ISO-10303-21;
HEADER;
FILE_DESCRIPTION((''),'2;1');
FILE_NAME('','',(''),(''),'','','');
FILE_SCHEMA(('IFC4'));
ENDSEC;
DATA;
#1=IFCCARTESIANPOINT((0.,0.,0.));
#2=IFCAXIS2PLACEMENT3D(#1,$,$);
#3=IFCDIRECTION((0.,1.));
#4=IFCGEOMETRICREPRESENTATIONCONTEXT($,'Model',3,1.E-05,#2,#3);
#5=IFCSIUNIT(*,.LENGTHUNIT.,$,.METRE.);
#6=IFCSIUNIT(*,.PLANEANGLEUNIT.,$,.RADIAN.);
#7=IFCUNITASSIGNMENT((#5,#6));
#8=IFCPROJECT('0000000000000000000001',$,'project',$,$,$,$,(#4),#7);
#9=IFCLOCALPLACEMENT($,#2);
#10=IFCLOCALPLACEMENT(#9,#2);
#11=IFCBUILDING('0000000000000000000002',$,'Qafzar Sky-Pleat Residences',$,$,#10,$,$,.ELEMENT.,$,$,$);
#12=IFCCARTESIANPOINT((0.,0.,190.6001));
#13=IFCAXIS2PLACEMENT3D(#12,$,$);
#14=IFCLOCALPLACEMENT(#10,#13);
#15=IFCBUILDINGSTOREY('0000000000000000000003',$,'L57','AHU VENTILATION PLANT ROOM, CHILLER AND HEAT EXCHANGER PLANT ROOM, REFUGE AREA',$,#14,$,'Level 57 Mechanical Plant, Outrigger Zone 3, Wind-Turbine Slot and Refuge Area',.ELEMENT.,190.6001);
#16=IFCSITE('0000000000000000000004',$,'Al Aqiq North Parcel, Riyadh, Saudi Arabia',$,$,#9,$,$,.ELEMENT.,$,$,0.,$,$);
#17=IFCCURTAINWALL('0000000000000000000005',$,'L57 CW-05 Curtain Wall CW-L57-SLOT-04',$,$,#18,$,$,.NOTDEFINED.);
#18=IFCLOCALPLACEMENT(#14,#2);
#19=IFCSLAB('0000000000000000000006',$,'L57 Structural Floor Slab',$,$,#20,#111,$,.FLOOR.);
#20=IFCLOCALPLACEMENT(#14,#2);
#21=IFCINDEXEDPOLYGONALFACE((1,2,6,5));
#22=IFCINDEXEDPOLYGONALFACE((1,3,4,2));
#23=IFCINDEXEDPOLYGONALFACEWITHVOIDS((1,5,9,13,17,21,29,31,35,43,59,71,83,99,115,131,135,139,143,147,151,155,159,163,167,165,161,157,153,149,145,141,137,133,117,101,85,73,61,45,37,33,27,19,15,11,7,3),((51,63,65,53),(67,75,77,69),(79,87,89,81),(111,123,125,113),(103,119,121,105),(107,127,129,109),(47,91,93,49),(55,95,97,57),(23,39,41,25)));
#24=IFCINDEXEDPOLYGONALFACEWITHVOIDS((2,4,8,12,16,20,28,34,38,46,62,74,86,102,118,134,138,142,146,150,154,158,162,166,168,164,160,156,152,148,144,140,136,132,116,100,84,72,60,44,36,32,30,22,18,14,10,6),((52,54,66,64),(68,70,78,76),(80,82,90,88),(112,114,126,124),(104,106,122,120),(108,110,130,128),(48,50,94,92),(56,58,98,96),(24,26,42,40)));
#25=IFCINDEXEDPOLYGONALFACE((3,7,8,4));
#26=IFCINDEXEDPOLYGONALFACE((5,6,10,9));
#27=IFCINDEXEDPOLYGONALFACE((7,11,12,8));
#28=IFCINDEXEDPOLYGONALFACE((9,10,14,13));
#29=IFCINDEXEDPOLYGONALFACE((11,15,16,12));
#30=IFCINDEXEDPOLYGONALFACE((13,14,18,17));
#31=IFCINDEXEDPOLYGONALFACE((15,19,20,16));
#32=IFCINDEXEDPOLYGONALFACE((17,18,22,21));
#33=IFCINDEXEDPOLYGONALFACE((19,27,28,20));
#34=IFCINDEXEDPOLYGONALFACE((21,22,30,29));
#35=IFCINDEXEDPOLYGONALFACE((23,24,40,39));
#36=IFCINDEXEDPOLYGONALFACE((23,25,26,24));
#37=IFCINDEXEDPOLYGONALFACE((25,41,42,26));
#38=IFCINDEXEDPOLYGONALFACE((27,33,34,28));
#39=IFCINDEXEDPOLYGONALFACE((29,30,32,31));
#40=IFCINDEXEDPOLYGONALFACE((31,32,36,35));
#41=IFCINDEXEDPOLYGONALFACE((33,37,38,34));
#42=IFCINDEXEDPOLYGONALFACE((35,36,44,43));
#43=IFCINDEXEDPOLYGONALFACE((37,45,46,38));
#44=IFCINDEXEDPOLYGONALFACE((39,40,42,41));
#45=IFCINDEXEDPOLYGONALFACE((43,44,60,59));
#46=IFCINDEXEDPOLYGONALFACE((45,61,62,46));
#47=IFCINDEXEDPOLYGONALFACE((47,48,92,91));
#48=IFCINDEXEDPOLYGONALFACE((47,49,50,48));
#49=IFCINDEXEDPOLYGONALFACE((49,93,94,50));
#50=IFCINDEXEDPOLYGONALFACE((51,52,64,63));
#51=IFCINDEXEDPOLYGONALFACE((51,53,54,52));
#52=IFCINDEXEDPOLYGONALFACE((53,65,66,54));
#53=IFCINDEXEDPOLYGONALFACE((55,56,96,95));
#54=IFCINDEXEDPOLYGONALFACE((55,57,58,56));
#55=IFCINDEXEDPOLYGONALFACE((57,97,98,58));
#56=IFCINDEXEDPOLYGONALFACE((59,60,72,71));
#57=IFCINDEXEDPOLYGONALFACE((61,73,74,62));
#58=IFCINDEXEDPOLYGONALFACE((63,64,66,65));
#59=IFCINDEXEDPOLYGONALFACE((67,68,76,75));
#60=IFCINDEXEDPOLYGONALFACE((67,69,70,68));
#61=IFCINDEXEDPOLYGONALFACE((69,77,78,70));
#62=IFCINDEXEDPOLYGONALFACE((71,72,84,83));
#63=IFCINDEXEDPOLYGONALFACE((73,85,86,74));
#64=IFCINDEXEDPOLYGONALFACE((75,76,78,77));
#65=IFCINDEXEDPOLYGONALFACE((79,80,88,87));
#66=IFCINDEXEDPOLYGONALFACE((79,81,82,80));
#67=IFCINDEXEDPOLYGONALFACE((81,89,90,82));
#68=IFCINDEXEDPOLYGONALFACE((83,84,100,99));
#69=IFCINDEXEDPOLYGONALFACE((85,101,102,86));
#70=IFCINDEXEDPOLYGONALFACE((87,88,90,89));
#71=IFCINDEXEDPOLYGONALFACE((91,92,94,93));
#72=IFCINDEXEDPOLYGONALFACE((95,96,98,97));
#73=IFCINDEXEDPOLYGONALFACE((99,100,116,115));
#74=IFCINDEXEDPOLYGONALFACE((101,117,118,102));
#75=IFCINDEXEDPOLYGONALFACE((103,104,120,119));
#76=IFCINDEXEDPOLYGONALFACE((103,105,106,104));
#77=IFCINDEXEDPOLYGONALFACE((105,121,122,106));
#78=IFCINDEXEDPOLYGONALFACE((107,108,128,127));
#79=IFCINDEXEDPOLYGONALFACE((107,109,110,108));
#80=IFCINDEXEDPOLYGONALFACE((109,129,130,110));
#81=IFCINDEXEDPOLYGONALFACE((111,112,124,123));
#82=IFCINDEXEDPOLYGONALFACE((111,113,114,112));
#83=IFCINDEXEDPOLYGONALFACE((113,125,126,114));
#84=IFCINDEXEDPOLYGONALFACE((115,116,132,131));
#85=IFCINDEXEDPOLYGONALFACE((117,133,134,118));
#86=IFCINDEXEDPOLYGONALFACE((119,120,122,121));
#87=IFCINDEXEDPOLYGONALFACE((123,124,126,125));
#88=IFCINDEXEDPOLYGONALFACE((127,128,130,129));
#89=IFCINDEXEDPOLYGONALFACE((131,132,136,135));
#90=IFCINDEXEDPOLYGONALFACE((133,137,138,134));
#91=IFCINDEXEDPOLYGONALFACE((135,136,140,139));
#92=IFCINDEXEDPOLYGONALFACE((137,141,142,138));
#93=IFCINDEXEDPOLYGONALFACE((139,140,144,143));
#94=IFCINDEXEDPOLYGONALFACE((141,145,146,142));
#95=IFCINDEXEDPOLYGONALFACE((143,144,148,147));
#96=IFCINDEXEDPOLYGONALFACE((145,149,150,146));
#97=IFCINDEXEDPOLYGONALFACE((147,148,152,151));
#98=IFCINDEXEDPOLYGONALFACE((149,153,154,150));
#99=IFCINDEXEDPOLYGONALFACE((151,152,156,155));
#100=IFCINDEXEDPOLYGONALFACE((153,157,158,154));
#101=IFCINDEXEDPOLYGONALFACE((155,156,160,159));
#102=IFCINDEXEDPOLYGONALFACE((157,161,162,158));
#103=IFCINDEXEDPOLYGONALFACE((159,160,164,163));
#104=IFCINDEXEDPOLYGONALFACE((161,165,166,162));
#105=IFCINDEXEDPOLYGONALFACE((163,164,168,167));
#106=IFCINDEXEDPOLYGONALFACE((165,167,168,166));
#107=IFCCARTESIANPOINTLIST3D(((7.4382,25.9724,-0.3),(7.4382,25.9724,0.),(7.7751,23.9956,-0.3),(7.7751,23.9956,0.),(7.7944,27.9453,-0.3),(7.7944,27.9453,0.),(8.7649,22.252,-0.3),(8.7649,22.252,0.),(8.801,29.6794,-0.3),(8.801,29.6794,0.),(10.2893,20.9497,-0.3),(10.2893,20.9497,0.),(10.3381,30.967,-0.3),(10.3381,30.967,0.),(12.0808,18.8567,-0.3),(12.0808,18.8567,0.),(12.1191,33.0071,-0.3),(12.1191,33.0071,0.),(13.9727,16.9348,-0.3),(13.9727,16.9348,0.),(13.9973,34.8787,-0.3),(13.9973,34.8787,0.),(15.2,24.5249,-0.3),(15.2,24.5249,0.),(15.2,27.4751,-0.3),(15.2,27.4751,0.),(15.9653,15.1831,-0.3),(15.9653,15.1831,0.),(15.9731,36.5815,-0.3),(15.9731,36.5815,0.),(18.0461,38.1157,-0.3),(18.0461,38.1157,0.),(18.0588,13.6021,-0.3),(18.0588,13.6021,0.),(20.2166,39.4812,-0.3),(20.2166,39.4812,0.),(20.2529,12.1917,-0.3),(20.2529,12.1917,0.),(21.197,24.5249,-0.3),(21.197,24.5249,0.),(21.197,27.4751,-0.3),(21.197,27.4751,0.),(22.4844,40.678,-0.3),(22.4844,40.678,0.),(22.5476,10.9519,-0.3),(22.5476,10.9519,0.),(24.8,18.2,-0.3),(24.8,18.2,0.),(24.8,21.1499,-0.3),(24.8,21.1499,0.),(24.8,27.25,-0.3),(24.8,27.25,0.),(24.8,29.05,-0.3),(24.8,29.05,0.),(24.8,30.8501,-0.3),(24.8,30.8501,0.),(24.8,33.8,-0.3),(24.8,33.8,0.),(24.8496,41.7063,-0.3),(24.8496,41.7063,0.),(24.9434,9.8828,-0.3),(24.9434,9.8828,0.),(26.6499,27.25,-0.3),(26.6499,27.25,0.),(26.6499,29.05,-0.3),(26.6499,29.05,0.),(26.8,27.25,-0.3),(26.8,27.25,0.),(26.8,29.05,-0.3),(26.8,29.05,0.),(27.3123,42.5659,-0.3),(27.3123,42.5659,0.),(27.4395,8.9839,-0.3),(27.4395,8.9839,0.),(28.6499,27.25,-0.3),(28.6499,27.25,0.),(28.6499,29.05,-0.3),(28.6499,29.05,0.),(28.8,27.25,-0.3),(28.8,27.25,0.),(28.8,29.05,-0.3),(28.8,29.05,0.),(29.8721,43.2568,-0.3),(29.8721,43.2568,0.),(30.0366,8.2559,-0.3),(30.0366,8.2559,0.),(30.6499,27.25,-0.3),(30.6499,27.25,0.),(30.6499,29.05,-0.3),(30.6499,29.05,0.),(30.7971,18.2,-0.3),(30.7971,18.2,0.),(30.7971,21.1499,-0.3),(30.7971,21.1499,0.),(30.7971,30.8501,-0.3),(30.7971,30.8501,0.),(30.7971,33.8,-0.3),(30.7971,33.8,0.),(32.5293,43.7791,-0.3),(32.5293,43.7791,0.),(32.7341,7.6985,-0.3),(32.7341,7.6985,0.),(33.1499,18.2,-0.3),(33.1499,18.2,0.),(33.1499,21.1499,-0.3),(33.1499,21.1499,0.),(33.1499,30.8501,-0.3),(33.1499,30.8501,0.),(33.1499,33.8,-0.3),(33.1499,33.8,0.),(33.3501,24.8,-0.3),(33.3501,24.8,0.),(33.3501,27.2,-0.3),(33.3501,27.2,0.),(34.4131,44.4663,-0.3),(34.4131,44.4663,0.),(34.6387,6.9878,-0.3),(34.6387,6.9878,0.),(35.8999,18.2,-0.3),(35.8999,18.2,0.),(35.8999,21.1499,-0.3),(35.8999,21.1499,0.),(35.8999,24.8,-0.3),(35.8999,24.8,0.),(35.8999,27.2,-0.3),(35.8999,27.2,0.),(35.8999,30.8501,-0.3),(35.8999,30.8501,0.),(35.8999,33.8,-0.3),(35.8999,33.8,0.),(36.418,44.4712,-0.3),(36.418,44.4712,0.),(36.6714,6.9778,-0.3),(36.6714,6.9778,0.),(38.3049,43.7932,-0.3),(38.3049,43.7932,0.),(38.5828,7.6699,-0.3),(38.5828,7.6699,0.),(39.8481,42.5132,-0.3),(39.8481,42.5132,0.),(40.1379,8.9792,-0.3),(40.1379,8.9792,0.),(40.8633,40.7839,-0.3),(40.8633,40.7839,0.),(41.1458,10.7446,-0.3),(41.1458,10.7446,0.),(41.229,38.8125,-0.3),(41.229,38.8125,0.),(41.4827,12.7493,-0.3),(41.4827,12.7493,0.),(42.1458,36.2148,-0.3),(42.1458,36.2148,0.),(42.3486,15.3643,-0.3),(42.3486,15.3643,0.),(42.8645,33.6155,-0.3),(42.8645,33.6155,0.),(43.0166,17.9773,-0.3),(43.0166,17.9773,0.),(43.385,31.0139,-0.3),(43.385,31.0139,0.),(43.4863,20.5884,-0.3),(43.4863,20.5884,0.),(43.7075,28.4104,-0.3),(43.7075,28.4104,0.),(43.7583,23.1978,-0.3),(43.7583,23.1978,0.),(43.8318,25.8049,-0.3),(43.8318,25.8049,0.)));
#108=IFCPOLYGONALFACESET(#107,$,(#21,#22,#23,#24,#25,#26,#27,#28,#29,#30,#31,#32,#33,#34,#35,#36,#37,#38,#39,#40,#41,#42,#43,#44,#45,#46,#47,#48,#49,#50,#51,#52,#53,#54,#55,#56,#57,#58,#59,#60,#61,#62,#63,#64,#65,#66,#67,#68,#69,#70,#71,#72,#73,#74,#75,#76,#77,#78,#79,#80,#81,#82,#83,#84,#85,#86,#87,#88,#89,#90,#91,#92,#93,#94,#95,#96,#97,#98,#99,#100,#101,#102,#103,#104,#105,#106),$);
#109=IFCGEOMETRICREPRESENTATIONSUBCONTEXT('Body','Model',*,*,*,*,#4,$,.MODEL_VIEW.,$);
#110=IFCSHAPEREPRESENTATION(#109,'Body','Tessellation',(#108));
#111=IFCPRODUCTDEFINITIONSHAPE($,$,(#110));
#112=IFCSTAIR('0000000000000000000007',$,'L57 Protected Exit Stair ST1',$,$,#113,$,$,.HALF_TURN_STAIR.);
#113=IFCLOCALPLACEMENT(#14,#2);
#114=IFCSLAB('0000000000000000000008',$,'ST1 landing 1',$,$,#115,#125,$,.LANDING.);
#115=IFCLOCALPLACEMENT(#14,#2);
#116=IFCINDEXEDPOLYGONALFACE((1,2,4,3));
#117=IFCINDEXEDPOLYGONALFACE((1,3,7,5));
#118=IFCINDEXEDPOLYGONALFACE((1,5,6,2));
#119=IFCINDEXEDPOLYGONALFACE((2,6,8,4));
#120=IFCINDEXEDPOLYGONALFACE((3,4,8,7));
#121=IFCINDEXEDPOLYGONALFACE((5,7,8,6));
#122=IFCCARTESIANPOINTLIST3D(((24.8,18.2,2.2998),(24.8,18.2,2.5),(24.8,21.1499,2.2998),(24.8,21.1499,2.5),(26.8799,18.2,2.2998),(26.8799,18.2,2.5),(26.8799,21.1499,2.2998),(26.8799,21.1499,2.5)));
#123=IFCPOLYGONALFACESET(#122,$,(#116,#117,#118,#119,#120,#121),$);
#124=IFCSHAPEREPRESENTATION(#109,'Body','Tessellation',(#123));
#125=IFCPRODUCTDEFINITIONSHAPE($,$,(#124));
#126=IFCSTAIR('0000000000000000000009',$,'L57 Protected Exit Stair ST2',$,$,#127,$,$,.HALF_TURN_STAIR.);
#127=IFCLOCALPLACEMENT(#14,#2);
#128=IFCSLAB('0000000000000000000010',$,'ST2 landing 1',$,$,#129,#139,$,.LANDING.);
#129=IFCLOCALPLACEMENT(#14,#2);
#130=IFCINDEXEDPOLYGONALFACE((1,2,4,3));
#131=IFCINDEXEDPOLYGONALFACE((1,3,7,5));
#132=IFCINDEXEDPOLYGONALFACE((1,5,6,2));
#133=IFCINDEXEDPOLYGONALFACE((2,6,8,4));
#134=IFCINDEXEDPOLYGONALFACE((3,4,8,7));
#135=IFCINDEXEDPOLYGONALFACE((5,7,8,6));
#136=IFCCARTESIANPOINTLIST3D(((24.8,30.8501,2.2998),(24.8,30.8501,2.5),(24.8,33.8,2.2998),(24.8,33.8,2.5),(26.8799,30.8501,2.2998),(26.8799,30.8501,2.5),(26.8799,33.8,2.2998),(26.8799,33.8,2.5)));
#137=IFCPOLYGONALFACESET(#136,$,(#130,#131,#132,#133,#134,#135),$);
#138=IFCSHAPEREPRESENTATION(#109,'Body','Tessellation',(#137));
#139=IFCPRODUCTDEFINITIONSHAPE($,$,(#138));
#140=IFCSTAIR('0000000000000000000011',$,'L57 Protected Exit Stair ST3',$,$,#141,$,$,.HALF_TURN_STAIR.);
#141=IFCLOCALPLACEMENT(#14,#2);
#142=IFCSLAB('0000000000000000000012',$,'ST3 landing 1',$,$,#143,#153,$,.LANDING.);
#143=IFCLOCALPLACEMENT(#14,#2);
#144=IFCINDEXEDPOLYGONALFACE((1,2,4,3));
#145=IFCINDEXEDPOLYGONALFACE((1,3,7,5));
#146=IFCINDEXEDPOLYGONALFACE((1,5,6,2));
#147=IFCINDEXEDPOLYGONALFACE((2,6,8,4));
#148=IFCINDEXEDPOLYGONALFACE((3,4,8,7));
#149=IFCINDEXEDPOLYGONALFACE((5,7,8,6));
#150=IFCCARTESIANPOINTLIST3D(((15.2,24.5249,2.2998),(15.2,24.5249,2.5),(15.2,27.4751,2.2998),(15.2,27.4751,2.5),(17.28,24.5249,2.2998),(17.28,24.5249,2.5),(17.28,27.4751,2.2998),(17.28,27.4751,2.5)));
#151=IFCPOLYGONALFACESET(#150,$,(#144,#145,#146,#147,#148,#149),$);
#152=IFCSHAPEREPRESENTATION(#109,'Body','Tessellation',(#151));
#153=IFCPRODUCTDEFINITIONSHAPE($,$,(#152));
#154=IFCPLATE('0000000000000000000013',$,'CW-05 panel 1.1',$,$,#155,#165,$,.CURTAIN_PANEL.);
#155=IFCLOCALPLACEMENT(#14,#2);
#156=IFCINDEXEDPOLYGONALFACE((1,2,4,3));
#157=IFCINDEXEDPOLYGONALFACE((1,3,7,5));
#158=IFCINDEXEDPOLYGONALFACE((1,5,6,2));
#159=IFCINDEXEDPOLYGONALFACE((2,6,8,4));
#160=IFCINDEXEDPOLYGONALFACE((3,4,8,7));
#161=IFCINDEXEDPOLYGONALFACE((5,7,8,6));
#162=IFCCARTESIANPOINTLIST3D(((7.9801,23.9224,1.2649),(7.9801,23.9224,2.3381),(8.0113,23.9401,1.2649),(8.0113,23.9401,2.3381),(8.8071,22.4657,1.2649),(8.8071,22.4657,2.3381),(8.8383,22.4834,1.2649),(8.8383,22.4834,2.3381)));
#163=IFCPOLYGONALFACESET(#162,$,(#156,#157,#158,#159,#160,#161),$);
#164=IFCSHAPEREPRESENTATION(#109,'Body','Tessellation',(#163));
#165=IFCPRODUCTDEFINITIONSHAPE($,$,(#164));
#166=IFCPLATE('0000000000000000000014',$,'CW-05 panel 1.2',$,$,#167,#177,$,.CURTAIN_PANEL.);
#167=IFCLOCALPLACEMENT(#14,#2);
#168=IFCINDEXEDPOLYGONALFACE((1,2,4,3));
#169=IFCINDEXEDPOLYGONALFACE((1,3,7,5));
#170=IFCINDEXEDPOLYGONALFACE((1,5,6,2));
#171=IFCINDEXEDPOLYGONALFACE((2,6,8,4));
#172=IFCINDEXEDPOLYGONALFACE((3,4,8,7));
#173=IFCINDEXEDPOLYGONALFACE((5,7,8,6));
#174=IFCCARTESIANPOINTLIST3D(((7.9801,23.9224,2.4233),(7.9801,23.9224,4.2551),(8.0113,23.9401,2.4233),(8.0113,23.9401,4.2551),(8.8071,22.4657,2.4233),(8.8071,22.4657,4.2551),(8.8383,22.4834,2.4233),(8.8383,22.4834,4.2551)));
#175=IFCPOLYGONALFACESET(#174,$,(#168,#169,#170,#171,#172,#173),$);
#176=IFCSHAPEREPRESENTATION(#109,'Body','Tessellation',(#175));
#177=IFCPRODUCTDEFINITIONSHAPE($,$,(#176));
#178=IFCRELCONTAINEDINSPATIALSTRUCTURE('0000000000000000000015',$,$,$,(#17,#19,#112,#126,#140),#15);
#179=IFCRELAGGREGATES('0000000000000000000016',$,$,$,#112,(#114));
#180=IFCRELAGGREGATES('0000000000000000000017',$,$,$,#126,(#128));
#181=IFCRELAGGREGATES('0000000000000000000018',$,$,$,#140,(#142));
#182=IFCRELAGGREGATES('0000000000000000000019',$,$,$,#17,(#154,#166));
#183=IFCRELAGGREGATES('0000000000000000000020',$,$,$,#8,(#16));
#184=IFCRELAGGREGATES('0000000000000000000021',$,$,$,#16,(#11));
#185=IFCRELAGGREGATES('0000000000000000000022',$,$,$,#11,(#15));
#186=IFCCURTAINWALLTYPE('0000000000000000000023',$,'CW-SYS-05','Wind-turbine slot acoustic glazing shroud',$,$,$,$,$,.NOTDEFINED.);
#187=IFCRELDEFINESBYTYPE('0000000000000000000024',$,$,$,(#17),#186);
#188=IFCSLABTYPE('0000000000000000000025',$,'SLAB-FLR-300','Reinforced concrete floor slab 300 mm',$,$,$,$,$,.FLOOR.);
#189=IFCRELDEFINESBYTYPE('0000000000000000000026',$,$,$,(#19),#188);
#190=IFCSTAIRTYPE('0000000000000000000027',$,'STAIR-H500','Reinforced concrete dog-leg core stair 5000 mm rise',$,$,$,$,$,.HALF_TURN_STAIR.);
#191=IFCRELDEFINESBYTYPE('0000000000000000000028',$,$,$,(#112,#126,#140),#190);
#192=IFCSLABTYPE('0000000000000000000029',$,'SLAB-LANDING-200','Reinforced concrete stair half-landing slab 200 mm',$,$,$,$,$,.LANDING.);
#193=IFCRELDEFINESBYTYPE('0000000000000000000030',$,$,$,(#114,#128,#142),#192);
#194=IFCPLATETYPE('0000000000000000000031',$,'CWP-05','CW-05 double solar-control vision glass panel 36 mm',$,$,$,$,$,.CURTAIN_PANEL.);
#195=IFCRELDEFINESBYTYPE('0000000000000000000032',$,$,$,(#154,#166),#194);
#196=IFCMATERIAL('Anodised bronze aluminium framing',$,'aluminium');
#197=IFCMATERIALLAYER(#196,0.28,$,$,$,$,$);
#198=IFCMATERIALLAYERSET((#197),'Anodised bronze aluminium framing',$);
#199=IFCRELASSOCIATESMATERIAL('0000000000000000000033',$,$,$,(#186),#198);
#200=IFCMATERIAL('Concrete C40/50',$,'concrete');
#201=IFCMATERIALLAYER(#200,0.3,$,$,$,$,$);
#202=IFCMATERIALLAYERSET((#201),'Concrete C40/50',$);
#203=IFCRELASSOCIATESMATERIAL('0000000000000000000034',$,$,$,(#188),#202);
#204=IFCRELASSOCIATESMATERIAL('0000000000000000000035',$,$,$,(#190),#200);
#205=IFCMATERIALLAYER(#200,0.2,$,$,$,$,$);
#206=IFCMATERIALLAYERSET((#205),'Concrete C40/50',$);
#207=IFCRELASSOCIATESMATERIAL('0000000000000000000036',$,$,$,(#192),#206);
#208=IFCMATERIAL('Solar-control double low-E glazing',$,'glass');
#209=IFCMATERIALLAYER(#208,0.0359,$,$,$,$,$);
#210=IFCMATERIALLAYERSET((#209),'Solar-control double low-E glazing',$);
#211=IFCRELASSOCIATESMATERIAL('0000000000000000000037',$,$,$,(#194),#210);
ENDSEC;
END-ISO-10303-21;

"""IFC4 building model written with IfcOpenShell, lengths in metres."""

from ifc_helpers import new_model, si_unit, direction, frame, origin, origin_2d, place, context, subcontext, project, spatial, polyline, rectangle, outline, extrude, source, transform, mapped, material, layer, layer_set, type_object, element, aggregate, save


model = new_model("IFC4")

# Units and contexts
model_context = context("Model", 3, precision=1e-05, world=origin(), true_north=direction((0.0, 1.0)))
body_context = subcontext(model_context, "Body", "Model", "MODEL_VIEW")
ifc_project = project(units=[si_unit("LENGTHUNIT", "METRE"), si_unit("PLANEANGLEUNIT", "RADIAN")], contexts=[model_context])

# Site, building, storey
site_placement = place(None, origin())
site = spatial("IfcSite", under=ifc_project, at=site_placement, Name="Al Aqiq North Parcel, Riyadh, Saudi Arabia", CompositionType="ELEMENT", RefElevation=0.0)
building_placement = place(site_placement, origin())
building = spatial("IfcBuilding", under=site, at=building_placement, Name="Qafzar Sky-Pleat Residences", CompositionType="ELEMENT")
storey_placement = place(building_placement, frame((0.0, 0.0, 190.6001)))
storey = spatial("IfcBuildingStorey", under=building, at=storey_placement, Name="L57", Description="AHU VENTILATION PLANT ROOM, CHILLER AND HEAT EXCHANGER PLANT ROOM, REFUGE AREA", LongName="Level 57 Mechanical Plant, Outrigger Zone 3, Wind-Turbine Slot and Refuge Area", CompositionType="ELEMENT", Elevation=190.6001)

# Shared definitions
ifc_material_1 = material(Name="Anodised bronze aluminium framing", Category="aluminium")
ifc_layer_1 = layer(ifc_material_1, 0.28)
ifc_layer_set_1 = layer_set([ifc_layer_1], Name="Anodised bronze aluminium framing")
curtain_wall_type = type_object("IfcCurtainWallType", Name="CW-SYS-05", Description="Wind-turbine slot acoustic glazing shroud", PredefinedType="NOTDEFINED", material=ifc_layer_set_1)

# Curtain wall
curtain_wall_1_placement = place(storey_placement, origin())
curtain_wall_1 = element("IfcCurtainWall", 1, at=curtain_wall_1_placement, inside=storey, type_object=curtain_wall_type, Name="L57 CW-05 Curtain Wall CW-L57-SLOT-04", PredefinedType="NOTDEFINED")

# Slab
ifc_material_2 = material(Name="Concrete C40/50", Category="concrete")
ifc_layer_2 = layer(ifc_material_2, 0.3)
ifc_layer_set_2 = layer_set([ifc_layer_2], Name="Concrete C40/50")
slab_type_1 = type_object("IfcSlabType", Name="SLAB-FLR-300", Description="Reinforced concrete floor slab 300 mm", PredefinedType="FLOOR", material=ifc_layer_set_2)
slab_1_placement = place(storey_placement, frame((0.0, 0.0, -0.3)))
element("IfcSlab", 2, at=slab_1_placement, inside=storey, type_object=slab_type_1, Name="L57 Structural Floor Slab", PredefinedType="FLOOR", context=body_context, shape_type="SweptSolid", body=[
    extrude(outline(polyline([(10.3381, 30.967), (8.801, 29.6794), (7.7944, 27.9453), (7.4382, 25.9724), (7.7751, 23.9956), (8.7649, 22.252), (10.2893, 20.9497), (12.0808, 18.8567), (13.9727, 16.9348), (15.9653, 15.1831), (18.0588, 13.6021), (20.2529, 12.1917), (22.5476, 10.9519), (24.9434, 9.8828), (27.4395, 8.9839), (30.0366, 8.2559), (32.7341, 7.6985), (34.6387, 6.9878), (36.6714, 6.9778), (38.5828, 7.6699), (40.1379, 8.9792), (41.1458, 10.7446), (41.4827, 12.7493), (42.3486, 15.3643), (43.0166, 17.9773), (43.4863, 20.5884), (43.7583, 23.1978), (43.8318, 25.8049), (43.7075, 28.4104), (43.385, 31.0139), (42.8645, 33.6155), (42.1458, 36.2148), (41.229, 38.8125), (40.8633, 40.7839), (39.8481, 42.5132), (38.3049, 43.7932), (36.418, 44.4712), (34.4131, 44.4663), (32.5293, 43.7791), (29.8721, 43.2568), (27.3123, 42.5659), (24.8496, 41.7063), (22.4844, 40.678), (20.2166, 39.4812), (18.0461, 38.1157), (15.9731, 36.5815), (13.9973, 34.8787), (12.1191, 33.0071), (10.3381, 30.967)]), holes=[polyline([(30.7971, 21.1499), (24.8, 21.1499), (24.8, 18.2), (30.7971, 18.2), (30.7971, 21.1499)]), polyline([(30.7971, 33.8), (24.8, 33.8), (24.8, 30.8501), (30.7971, 30.8501), (30.7971, 33.8)]), polyline([(21.197, 27.4751), (15.2, 27.4751), (15.2, 24.5249), (21.197, 24.5249), (21.197, 27.4751)]), polyline([(24.8, 27.25), (26.6499, 27.25), (26.6499, 29.05), (24.8, 29.05), (24.8, 27.25)]), polyline([(26.8, 27.25), (28.6499, 27.25), (28.6499, 29.05), (26.8, 29.05), (26.8, 27.25)]), polyline([(28.8, 27.25), (30.6499, 27.25), (30.6499, 29.05), (28.8, 29.05), (28.8, 27.25)]), polyline([(33.1499, 18.2), (35.8999, 18.2), (35.8999, 21.1499), (33.1499, 21.1499), (33.1499, 18.2)]), polyline([(33.1499, 30.8501), (35.8999, 30.8501), (35.8999, 33.8), (33.1499, 33.8), (33.1499, 30.8501)]), polyline([(33.3501, 24.8), (35.8999, 24.8), (35.8999, 27.2), (33.3501, 27.2), (33.3501, 24.8)])]), origin(), (0.0, 0.0, 1.0), 0.3),
])

# Stairs, slabs
stair_type = type_object("IfcStairType", Name="STAIR-H500", Description="Reinforced concrete dog-leg core stair 5000 mm rise", PredefinedType="HALF_TURN_STAIR", material=ifc_material_2)
stair_1_placement = place(storey_placement, origin())
stair_1 = element("IfcStair", 3, at=stair_1_placement, inside=storey, type_object=stair_type, Name="L57 Protected Exit Stair ST1", PredefinedType="HALF_TURN_STAIR")
ifc_layer_3 = layer(ifc_material_2, 0.2)
ifc_layer_set_3 = layer_set([ifc_layer_3], Name="Concrete C40/50")
slab_type_2 = type_object("IfcSlabType", Name="SLAB-LANDING-200", Description="Reinforced concrete stair half-landing slab 200 mm", PredefinedType="LANDING", material=ifc_layer_set_3)
slab_2_placement = place(storey_placement, frame((0.0, 0.0, 2.2998)))
slab_2 = element("IfcSlab", 4, at=slab_2_placement, type_object=slab_type_2, Name="ST1 landing 1", PredefinedType="LANDING", context=body_context, shape_type="SweptSolid", body=[
    extrude(outline(polyline([(26.8799, 21.1499), (24.8, 21.1499), (24.8, 18.2), (26.8799, 18.2), (26.8799, 21.1499)])), origin(), (0.0, 0.0, 1.0), 0.2002),
])
aggregate(stair_1, [slab_2])
stair_2_placement = place(storey_placement, origin())
stair_2 = element("IfcStair", 5, at=stair_2_placement, inside=storey, type_object=stair_type, Name="L57 Protected Exit Stair ST2", PredefinedType="HALF_TURN_STAIR")
slab_3_placement = place(storey_placement, frame((0.0, 0.0, 2.2998)))
slab_3 = element("IfcSlab", 6, at=slab_3_placement, type_object=slab_type_2, Name="ST2 landing 1", PredefinedType="LANDING", context=body_context, shape_type="SweptSolid", body=[
    extrude(outline(polyline([(26.8799, 33.8), (24.8, 33.8), (24.8, 30.8501), (26.8799, 30.8501), (26.8799, 33.8)])), origin(), (0.0, 0.0, 1.0), 0.2002),
])
aggregate(stair_2, [slab_3])
stair_3_placement = place(storey_placement, origin())
stair_3 = element("IfcStair", 7, at=stair_3_placement, inside=storey, type_object=stair_type, Name="L57 Protected Exit Stair ST3", PredefinedType="HALF_TURN_STAIR")
slab_4_placement = place(storey_placement, frame((0.0, 0.0, 2.2998)))
slab_4 = element("IfcSlab", 8, at=slab_4_placement, type_object=slab_type_2, Name="ST3 landing 1", PredefinedType="LANDING", context=body_context, shape_type="SweptSolid", body=[
    extrude(outline(polyline([(17.28, 27.4751), (15.2, 27.4751), (15.2, 24.5249), (17.28, 24.5249), (17.28, 27.4751)])), origin(), (0.0, 0.0, 1.0), 0.2002),
])
aggregate(stair_3, [slab_4])

# Plates
ifc_material_3 = material(Name="Solar-control double low-E glazing", Category="glass")
ifc_layer_4 = layer(ifc_material_3, 0.0359)
ifc_layer_set_4 = layer_set([ifc_layer_4], Name="Solar-control double low-E glazing")
plate_type = type_object("IfcPlateType", Name="CWP-05", Description="CW-05 double solar-control vision glass panel 36 mm", PredefinedType="CURTAIN_PANEL", material=ifc_layer_set_4)
shared_shape_1 = source(origin(), body_context, "Body", "SweptSolid", [
    extrude(rectangle(XDim=1.675, YDim=0.0359, at=origin_2d()), origin(), (0.0, 0.0, 1.0), 1.0732),
])
plate_1_placement = place(storey_placement, frame((8.4092, 23.2029, 1.2649), z_axis=(0.0, 0.0, 1.0), x_axis=(0.493703, -0.869631, 0.0)))
plate_1 = element("IfcPlate", 9, at=plate_1_placement, type_object=plate_type, Name="CW-05 panel 1.1", PredefinedType="CURTAIN_PANEL", context=body_context, shape_type="MappedRepresentation", body=[
    mapped(shared_shape_1, transform((0.0, 0.0, 0.0), x_axis=(1.0, 0.0, 0.0), y_axis=(0.0, 1.0, 0.0), z_axis=(0.0, 0.0, 1.0), scale=1.0)),
])
shared_shape_2 = source(origin(), body_context, "Body", "SweptSolid", [
    extrude(rectangle(XDim=1.675, YDim=0.0359, at=origin_2d()), origin(), (0.0, 0.0, 1.0), 1.8318),
])
plate_2_placement = place(storey_placement, frame((8.4092, 23.2029, 2.4233), z_axis=(0.0, 0.0, 1.0), x_axis=(0.493703, -0.869631, 0.0)))
plate_2 = element("IfcPlate", 10, at=plate_2_placement, type_object=plate_type, Name="CW-05 panel 1.2", PredefinedType="CURTAIN_PANEL", context=body_context, shape_type="MappedRepresentation", body=[
    mapped(shared_shape_2, transform((0.0, 0.0, 0.0), x_axis=(1.0, 0.0, 0.0), y_axis=(0.0, 1.0, 0.0), z_axis=(0.0, 0.0, 1.0), scale=1.0)),
])
aggregate(curtain_wall_1, [plate_1, plate_2])

save(model, "model.ifc")
